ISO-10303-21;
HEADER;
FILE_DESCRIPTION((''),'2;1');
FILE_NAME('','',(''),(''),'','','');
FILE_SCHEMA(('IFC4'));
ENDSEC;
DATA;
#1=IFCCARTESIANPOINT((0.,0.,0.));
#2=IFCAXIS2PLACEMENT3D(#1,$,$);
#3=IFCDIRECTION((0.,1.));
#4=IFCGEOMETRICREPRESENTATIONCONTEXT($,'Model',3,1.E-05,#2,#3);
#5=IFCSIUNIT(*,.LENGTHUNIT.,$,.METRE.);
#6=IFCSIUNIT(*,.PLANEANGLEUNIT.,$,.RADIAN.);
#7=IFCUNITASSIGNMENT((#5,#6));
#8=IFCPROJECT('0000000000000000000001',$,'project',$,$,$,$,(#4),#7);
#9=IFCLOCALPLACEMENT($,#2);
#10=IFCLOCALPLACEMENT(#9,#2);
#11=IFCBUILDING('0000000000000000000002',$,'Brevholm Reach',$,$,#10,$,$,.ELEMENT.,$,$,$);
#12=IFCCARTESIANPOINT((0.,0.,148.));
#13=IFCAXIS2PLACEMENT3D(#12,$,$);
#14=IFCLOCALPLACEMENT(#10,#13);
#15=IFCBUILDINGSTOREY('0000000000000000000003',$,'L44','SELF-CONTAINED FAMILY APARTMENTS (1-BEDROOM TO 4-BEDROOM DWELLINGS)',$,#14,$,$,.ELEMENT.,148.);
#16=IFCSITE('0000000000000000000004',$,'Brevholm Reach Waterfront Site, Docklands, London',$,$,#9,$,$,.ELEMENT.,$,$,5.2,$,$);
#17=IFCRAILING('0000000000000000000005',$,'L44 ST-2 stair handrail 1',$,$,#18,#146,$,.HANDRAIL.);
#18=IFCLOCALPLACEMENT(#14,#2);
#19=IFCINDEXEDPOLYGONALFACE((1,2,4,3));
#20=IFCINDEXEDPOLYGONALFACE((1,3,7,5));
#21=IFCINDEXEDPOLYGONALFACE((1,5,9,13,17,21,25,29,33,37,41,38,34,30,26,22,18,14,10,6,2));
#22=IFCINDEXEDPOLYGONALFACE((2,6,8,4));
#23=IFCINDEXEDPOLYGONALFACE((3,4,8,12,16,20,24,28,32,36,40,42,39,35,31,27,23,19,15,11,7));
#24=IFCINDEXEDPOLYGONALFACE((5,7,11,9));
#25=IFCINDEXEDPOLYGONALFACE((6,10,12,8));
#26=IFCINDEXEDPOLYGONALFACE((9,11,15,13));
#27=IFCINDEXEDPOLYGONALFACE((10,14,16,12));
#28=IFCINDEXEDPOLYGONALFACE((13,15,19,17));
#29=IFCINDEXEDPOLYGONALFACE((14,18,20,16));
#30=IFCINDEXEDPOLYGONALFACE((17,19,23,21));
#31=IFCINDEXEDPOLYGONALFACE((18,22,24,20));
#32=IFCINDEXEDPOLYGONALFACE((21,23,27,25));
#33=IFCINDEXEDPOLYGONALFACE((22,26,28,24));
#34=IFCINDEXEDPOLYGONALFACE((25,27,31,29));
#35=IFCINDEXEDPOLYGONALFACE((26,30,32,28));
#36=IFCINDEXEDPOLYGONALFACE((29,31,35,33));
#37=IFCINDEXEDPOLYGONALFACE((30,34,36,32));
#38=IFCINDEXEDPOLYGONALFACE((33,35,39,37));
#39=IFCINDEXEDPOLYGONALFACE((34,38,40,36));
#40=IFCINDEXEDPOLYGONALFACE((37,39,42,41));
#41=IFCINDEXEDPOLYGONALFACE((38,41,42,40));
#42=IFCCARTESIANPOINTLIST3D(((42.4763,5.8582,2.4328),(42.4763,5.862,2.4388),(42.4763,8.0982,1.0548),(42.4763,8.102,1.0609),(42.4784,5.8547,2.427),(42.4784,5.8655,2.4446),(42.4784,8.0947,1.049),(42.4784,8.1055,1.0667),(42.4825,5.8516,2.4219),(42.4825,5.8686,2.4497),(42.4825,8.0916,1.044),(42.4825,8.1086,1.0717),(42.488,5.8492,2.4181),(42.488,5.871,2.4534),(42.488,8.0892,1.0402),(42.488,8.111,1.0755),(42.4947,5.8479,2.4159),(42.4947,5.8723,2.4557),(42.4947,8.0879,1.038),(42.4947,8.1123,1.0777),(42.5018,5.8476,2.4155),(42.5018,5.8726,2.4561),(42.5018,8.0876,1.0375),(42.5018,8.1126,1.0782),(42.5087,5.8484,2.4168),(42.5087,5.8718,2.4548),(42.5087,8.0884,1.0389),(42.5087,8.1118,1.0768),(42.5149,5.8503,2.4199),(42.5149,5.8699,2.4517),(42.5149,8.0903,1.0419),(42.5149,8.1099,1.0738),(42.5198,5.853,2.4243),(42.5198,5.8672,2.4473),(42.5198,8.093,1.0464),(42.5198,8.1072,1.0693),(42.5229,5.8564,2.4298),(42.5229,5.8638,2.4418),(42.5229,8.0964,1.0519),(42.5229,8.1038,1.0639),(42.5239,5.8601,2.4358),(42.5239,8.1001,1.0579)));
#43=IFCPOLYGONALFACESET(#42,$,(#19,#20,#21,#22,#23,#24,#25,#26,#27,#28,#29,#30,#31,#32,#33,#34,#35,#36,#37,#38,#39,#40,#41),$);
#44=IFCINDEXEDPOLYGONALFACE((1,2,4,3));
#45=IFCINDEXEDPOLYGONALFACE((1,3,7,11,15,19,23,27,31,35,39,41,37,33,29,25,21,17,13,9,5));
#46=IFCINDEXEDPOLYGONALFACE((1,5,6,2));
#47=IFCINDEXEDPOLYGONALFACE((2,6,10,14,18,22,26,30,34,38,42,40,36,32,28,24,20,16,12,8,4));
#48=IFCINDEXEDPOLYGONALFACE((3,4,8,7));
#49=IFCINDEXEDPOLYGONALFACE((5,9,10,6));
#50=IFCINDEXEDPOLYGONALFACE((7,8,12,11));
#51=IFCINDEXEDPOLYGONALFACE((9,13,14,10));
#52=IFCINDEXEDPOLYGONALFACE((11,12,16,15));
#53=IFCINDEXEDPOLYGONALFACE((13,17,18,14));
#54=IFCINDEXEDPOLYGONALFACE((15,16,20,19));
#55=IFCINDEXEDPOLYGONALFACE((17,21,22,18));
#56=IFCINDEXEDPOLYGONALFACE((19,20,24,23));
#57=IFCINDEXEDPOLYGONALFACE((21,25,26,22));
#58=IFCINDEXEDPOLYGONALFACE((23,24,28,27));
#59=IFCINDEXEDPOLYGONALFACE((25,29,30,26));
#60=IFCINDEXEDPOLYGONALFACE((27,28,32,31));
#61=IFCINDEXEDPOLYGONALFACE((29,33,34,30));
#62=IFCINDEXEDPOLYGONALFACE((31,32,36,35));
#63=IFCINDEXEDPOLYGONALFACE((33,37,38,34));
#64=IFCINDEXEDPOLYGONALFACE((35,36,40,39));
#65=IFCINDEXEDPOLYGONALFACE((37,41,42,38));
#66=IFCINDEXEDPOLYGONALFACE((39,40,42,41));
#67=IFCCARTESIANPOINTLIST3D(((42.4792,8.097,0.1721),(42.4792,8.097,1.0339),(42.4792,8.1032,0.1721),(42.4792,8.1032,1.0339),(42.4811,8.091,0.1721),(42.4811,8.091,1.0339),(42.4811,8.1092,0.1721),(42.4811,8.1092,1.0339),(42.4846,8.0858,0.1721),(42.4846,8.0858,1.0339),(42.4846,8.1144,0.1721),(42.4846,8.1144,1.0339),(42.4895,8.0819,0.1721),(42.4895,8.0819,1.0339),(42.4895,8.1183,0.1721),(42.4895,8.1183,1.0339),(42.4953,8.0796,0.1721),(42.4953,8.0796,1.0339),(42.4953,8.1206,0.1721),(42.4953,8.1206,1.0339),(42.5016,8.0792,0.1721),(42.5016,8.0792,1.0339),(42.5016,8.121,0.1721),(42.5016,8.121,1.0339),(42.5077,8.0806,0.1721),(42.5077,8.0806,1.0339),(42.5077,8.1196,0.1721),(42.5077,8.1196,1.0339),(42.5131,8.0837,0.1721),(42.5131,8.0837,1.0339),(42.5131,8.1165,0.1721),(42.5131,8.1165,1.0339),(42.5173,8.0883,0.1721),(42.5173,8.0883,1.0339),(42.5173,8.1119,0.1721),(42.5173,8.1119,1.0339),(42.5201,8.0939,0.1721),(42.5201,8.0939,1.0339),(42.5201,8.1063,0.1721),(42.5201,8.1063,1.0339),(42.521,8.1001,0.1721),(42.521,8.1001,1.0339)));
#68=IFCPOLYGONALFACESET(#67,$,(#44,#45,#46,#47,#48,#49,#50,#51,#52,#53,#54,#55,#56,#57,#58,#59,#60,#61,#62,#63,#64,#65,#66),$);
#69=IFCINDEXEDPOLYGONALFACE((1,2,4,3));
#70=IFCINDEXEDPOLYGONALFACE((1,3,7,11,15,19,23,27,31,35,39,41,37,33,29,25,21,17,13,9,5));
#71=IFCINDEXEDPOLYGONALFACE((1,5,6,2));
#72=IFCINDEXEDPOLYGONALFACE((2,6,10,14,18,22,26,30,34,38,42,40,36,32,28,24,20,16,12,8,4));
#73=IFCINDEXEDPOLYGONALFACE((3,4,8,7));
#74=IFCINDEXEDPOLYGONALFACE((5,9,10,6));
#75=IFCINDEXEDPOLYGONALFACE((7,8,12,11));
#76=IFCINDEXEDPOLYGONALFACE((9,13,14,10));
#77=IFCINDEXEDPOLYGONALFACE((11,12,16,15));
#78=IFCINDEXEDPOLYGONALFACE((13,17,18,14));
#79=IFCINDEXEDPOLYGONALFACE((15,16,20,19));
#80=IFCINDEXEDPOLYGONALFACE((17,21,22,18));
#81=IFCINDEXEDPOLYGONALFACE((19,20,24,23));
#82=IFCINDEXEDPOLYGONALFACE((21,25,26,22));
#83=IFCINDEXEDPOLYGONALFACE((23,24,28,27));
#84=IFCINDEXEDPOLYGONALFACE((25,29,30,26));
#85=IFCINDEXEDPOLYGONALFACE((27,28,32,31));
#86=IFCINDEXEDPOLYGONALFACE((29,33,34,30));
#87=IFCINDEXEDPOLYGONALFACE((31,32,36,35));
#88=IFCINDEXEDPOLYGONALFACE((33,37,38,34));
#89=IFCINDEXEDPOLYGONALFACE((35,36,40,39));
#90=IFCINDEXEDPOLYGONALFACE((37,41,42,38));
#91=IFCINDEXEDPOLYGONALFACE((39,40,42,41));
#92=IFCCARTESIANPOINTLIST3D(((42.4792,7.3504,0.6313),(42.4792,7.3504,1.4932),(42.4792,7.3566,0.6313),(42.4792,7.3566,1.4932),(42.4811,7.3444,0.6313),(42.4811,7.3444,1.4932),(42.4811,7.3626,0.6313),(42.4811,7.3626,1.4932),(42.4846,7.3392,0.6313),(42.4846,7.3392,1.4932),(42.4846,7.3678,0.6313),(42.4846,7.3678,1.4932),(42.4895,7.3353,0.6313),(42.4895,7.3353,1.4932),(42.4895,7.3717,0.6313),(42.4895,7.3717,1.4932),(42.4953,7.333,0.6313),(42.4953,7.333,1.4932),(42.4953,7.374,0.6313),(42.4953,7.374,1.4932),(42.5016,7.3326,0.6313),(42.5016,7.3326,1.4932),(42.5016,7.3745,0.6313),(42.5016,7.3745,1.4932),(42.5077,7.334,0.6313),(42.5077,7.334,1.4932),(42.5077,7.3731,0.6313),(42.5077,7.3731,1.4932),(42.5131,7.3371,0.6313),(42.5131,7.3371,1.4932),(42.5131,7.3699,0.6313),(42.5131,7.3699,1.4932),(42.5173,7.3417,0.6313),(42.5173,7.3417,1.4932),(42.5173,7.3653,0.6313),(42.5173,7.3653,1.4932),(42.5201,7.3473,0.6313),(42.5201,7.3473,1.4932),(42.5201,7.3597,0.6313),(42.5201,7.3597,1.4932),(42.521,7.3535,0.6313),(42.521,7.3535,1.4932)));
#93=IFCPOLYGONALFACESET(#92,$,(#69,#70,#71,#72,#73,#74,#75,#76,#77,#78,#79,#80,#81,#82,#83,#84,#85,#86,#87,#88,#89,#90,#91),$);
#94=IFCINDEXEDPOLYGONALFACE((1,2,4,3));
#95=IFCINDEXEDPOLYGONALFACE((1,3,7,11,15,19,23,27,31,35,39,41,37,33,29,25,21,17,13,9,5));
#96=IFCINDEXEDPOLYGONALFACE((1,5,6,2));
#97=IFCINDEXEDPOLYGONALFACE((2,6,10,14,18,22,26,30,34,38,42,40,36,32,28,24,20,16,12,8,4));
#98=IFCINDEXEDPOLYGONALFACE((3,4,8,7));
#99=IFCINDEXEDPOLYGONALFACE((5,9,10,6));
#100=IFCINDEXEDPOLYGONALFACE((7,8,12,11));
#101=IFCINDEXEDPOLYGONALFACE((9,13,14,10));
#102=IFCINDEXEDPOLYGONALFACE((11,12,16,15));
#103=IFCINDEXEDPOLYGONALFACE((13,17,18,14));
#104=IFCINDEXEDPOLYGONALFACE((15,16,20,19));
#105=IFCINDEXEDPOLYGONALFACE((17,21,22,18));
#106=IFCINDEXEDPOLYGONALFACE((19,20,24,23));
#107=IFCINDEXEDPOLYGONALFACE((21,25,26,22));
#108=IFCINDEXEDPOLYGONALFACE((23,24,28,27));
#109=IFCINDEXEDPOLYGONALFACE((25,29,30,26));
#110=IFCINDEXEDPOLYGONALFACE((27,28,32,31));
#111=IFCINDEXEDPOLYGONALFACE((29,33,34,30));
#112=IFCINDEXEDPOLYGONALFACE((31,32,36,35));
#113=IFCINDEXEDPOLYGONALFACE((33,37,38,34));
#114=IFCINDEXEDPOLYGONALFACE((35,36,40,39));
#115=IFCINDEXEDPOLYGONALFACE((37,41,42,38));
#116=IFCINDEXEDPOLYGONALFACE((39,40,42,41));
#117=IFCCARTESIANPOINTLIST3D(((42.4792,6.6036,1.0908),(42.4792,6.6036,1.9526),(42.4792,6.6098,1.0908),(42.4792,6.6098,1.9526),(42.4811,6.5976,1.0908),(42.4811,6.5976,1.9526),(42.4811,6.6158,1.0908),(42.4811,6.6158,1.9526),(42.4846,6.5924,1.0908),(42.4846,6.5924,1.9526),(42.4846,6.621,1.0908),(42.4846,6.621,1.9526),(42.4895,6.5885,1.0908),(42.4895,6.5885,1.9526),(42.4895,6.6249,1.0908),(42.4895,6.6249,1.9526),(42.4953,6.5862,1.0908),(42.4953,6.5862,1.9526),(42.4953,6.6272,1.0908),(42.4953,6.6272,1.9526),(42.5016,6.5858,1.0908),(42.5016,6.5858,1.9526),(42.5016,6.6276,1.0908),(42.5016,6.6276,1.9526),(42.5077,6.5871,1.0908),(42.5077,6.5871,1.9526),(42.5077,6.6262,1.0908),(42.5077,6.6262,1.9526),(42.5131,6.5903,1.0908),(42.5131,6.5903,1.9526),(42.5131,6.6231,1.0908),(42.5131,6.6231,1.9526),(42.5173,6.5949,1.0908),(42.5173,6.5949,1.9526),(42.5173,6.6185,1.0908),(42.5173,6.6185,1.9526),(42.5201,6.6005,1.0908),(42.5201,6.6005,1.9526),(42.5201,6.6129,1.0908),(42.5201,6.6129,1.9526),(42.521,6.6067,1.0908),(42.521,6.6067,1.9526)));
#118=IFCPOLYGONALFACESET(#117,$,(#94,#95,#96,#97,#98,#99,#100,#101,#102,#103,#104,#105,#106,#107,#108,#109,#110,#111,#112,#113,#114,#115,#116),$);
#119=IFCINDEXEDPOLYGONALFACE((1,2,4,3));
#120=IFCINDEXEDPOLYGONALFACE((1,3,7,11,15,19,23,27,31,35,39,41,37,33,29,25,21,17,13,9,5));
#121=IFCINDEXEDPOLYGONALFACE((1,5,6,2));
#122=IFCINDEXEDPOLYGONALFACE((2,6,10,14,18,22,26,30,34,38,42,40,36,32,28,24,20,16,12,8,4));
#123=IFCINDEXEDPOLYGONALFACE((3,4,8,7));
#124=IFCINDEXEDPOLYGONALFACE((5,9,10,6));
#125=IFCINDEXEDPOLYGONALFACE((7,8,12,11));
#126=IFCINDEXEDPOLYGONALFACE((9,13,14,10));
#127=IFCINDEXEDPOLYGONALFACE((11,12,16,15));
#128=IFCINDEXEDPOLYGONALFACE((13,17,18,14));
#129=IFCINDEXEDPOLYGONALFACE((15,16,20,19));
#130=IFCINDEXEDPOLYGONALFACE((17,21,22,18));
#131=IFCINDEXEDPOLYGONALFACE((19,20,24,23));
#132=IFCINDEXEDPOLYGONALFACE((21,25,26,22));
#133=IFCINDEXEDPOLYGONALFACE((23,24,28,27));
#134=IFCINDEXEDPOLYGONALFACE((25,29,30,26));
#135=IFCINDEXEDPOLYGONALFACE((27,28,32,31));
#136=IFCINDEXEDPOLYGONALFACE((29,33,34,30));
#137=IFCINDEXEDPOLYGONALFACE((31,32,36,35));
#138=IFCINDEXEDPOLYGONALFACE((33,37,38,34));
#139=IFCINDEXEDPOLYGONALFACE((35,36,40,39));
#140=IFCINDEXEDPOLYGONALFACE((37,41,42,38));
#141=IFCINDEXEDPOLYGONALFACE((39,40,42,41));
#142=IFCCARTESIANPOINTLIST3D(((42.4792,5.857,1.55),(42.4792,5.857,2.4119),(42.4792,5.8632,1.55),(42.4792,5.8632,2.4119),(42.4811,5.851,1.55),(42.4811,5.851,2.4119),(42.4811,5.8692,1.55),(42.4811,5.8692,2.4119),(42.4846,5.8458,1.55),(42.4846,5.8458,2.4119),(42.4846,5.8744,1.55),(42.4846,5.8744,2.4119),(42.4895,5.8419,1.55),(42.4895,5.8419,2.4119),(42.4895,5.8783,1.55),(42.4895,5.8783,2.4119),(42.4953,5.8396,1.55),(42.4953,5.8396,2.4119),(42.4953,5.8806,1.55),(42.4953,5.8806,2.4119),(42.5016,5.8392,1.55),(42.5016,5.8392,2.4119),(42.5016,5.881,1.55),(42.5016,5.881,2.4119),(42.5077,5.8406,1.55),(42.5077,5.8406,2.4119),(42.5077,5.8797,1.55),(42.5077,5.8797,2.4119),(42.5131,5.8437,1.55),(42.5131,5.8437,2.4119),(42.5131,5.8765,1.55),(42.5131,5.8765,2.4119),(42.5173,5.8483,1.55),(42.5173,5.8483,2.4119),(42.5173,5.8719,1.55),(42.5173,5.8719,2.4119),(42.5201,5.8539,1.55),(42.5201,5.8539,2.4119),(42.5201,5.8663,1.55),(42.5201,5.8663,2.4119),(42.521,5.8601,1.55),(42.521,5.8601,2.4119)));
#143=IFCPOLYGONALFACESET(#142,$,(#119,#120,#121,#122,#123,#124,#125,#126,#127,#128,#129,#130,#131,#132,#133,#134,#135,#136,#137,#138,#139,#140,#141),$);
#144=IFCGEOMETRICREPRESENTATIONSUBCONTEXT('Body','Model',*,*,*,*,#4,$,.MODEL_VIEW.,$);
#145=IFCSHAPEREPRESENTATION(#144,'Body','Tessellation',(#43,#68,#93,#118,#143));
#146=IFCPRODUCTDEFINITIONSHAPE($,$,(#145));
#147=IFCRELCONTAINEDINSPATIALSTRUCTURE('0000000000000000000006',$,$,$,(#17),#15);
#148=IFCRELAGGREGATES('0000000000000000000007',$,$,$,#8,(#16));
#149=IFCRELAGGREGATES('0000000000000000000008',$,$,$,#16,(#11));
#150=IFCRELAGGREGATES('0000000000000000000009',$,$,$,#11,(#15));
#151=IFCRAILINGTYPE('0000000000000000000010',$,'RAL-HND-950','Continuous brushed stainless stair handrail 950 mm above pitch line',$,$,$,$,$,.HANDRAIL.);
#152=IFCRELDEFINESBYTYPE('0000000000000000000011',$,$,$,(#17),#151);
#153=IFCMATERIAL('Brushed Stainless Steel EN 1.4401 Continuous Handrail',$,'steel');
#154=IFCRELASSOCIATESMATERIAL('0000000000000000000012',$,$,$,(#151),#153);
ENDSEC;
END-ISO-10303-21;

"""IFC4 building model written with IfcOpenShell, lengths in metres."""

from ifc_helpers import new_model, si_unit, direction, frame, origin, origin_2d, place, context, subcontext, project, spatial, circle, extrude, material, type_object, element, save


model = new_model("IFC4")

# Units and contexts
model_context = context("Model", 3, precision=1e-05, world=origin(), true_north=direction((0.0, 1.0)))
body_context = subcontext(model_context, "Body", "Model", "MODEL_VIEW")
ifc_project = project(units=[si_unit("LENGTHUNIT", "METRE"), si_unit("PLANEANGLEUNIT", "RADIAN")], contexts=[model_context])

# Site, building, storey
site_placement = place(None, origin())
site = spatial("IfcSite", under=ifc_project, at=site_placement, Name="Brevholm Reach Waterfront Site, Docklands, London", CompositionType="ELEMENT", RefElevation=5.2)
building_placement = place(site_placement, origin())
building = spatial("IfcBuilding", under=site, at=building_placement, Name="Brevholm Reach", CompositionType="ELEMENT")
storey_placement = place(building_placement, frame((0.0, 0.0, 148.0)))
storey = spatial("IfcBuildingStorey", under=building, at=storey_placement, Name="L44", Description="SELF-CONTAINED FAMILY APARTMENTS (1-BEDROOM TO 4-BEDROOM DWELLINGS)", CompositionType="ELEMENT", Elevation=148.0)

# Railing
ifc_material_1 = material(Name="Brushed Stainless Steel EN 1.4401 Continuous Handrail", Category="steel")
railing_type_1 = type_object("IfcRailingType", Name="RAL-HND-950", Description="Continuous brushed stainless stair handrail 950 mm above pitch line", PredefinedType="HANDRAIL", material=ifc_material_1)
railing_1_placement = place(storey_placement, frame((42.5, 8.1001, 0.1721)))
element("IfcRailing", 1, at=railing_1_placement, inside=storey, type_object=railing_type_1, Name="L44 ST-2 stair handrail 1", PredefinedType="HANDRAIL", context=body_context, shape_type="SweptSolid", body=[
    extrude(circle(Radius=0.0239, at=origin_2d()), frame((0.0, 0.0, 0.8857), z_axis=(0.0, -0.851748, 0.523952), x_axis=(1.0, 0.0, 0.0)), (0.0, 0.0, 1.0), 2.6299),
    extrude(circle(Radius=0.021, at=origin_2d()), origin(), (0.0, 0.0, 1.0), 0.8618),
    extrude(circle(Radius=0.021, at=origin_2d()), frame((0.0, -0.7466, 0.4592)), (0.0, 0.0, 1.0), 0.8618),
    extrude(circle(Radius=0.021, at=origin_2d()), frame((0.0, -1.4934, 0.9187)), (0.0, 0.0, 1.0), 0.8618),
    extrude(circle(Radius=0.021, at=origin_2d()), frame((0.0, -2.24, 1.3779)), (0.0, 0.0, 1.0), 0.8618),
])

save(model, "model.ifc")
